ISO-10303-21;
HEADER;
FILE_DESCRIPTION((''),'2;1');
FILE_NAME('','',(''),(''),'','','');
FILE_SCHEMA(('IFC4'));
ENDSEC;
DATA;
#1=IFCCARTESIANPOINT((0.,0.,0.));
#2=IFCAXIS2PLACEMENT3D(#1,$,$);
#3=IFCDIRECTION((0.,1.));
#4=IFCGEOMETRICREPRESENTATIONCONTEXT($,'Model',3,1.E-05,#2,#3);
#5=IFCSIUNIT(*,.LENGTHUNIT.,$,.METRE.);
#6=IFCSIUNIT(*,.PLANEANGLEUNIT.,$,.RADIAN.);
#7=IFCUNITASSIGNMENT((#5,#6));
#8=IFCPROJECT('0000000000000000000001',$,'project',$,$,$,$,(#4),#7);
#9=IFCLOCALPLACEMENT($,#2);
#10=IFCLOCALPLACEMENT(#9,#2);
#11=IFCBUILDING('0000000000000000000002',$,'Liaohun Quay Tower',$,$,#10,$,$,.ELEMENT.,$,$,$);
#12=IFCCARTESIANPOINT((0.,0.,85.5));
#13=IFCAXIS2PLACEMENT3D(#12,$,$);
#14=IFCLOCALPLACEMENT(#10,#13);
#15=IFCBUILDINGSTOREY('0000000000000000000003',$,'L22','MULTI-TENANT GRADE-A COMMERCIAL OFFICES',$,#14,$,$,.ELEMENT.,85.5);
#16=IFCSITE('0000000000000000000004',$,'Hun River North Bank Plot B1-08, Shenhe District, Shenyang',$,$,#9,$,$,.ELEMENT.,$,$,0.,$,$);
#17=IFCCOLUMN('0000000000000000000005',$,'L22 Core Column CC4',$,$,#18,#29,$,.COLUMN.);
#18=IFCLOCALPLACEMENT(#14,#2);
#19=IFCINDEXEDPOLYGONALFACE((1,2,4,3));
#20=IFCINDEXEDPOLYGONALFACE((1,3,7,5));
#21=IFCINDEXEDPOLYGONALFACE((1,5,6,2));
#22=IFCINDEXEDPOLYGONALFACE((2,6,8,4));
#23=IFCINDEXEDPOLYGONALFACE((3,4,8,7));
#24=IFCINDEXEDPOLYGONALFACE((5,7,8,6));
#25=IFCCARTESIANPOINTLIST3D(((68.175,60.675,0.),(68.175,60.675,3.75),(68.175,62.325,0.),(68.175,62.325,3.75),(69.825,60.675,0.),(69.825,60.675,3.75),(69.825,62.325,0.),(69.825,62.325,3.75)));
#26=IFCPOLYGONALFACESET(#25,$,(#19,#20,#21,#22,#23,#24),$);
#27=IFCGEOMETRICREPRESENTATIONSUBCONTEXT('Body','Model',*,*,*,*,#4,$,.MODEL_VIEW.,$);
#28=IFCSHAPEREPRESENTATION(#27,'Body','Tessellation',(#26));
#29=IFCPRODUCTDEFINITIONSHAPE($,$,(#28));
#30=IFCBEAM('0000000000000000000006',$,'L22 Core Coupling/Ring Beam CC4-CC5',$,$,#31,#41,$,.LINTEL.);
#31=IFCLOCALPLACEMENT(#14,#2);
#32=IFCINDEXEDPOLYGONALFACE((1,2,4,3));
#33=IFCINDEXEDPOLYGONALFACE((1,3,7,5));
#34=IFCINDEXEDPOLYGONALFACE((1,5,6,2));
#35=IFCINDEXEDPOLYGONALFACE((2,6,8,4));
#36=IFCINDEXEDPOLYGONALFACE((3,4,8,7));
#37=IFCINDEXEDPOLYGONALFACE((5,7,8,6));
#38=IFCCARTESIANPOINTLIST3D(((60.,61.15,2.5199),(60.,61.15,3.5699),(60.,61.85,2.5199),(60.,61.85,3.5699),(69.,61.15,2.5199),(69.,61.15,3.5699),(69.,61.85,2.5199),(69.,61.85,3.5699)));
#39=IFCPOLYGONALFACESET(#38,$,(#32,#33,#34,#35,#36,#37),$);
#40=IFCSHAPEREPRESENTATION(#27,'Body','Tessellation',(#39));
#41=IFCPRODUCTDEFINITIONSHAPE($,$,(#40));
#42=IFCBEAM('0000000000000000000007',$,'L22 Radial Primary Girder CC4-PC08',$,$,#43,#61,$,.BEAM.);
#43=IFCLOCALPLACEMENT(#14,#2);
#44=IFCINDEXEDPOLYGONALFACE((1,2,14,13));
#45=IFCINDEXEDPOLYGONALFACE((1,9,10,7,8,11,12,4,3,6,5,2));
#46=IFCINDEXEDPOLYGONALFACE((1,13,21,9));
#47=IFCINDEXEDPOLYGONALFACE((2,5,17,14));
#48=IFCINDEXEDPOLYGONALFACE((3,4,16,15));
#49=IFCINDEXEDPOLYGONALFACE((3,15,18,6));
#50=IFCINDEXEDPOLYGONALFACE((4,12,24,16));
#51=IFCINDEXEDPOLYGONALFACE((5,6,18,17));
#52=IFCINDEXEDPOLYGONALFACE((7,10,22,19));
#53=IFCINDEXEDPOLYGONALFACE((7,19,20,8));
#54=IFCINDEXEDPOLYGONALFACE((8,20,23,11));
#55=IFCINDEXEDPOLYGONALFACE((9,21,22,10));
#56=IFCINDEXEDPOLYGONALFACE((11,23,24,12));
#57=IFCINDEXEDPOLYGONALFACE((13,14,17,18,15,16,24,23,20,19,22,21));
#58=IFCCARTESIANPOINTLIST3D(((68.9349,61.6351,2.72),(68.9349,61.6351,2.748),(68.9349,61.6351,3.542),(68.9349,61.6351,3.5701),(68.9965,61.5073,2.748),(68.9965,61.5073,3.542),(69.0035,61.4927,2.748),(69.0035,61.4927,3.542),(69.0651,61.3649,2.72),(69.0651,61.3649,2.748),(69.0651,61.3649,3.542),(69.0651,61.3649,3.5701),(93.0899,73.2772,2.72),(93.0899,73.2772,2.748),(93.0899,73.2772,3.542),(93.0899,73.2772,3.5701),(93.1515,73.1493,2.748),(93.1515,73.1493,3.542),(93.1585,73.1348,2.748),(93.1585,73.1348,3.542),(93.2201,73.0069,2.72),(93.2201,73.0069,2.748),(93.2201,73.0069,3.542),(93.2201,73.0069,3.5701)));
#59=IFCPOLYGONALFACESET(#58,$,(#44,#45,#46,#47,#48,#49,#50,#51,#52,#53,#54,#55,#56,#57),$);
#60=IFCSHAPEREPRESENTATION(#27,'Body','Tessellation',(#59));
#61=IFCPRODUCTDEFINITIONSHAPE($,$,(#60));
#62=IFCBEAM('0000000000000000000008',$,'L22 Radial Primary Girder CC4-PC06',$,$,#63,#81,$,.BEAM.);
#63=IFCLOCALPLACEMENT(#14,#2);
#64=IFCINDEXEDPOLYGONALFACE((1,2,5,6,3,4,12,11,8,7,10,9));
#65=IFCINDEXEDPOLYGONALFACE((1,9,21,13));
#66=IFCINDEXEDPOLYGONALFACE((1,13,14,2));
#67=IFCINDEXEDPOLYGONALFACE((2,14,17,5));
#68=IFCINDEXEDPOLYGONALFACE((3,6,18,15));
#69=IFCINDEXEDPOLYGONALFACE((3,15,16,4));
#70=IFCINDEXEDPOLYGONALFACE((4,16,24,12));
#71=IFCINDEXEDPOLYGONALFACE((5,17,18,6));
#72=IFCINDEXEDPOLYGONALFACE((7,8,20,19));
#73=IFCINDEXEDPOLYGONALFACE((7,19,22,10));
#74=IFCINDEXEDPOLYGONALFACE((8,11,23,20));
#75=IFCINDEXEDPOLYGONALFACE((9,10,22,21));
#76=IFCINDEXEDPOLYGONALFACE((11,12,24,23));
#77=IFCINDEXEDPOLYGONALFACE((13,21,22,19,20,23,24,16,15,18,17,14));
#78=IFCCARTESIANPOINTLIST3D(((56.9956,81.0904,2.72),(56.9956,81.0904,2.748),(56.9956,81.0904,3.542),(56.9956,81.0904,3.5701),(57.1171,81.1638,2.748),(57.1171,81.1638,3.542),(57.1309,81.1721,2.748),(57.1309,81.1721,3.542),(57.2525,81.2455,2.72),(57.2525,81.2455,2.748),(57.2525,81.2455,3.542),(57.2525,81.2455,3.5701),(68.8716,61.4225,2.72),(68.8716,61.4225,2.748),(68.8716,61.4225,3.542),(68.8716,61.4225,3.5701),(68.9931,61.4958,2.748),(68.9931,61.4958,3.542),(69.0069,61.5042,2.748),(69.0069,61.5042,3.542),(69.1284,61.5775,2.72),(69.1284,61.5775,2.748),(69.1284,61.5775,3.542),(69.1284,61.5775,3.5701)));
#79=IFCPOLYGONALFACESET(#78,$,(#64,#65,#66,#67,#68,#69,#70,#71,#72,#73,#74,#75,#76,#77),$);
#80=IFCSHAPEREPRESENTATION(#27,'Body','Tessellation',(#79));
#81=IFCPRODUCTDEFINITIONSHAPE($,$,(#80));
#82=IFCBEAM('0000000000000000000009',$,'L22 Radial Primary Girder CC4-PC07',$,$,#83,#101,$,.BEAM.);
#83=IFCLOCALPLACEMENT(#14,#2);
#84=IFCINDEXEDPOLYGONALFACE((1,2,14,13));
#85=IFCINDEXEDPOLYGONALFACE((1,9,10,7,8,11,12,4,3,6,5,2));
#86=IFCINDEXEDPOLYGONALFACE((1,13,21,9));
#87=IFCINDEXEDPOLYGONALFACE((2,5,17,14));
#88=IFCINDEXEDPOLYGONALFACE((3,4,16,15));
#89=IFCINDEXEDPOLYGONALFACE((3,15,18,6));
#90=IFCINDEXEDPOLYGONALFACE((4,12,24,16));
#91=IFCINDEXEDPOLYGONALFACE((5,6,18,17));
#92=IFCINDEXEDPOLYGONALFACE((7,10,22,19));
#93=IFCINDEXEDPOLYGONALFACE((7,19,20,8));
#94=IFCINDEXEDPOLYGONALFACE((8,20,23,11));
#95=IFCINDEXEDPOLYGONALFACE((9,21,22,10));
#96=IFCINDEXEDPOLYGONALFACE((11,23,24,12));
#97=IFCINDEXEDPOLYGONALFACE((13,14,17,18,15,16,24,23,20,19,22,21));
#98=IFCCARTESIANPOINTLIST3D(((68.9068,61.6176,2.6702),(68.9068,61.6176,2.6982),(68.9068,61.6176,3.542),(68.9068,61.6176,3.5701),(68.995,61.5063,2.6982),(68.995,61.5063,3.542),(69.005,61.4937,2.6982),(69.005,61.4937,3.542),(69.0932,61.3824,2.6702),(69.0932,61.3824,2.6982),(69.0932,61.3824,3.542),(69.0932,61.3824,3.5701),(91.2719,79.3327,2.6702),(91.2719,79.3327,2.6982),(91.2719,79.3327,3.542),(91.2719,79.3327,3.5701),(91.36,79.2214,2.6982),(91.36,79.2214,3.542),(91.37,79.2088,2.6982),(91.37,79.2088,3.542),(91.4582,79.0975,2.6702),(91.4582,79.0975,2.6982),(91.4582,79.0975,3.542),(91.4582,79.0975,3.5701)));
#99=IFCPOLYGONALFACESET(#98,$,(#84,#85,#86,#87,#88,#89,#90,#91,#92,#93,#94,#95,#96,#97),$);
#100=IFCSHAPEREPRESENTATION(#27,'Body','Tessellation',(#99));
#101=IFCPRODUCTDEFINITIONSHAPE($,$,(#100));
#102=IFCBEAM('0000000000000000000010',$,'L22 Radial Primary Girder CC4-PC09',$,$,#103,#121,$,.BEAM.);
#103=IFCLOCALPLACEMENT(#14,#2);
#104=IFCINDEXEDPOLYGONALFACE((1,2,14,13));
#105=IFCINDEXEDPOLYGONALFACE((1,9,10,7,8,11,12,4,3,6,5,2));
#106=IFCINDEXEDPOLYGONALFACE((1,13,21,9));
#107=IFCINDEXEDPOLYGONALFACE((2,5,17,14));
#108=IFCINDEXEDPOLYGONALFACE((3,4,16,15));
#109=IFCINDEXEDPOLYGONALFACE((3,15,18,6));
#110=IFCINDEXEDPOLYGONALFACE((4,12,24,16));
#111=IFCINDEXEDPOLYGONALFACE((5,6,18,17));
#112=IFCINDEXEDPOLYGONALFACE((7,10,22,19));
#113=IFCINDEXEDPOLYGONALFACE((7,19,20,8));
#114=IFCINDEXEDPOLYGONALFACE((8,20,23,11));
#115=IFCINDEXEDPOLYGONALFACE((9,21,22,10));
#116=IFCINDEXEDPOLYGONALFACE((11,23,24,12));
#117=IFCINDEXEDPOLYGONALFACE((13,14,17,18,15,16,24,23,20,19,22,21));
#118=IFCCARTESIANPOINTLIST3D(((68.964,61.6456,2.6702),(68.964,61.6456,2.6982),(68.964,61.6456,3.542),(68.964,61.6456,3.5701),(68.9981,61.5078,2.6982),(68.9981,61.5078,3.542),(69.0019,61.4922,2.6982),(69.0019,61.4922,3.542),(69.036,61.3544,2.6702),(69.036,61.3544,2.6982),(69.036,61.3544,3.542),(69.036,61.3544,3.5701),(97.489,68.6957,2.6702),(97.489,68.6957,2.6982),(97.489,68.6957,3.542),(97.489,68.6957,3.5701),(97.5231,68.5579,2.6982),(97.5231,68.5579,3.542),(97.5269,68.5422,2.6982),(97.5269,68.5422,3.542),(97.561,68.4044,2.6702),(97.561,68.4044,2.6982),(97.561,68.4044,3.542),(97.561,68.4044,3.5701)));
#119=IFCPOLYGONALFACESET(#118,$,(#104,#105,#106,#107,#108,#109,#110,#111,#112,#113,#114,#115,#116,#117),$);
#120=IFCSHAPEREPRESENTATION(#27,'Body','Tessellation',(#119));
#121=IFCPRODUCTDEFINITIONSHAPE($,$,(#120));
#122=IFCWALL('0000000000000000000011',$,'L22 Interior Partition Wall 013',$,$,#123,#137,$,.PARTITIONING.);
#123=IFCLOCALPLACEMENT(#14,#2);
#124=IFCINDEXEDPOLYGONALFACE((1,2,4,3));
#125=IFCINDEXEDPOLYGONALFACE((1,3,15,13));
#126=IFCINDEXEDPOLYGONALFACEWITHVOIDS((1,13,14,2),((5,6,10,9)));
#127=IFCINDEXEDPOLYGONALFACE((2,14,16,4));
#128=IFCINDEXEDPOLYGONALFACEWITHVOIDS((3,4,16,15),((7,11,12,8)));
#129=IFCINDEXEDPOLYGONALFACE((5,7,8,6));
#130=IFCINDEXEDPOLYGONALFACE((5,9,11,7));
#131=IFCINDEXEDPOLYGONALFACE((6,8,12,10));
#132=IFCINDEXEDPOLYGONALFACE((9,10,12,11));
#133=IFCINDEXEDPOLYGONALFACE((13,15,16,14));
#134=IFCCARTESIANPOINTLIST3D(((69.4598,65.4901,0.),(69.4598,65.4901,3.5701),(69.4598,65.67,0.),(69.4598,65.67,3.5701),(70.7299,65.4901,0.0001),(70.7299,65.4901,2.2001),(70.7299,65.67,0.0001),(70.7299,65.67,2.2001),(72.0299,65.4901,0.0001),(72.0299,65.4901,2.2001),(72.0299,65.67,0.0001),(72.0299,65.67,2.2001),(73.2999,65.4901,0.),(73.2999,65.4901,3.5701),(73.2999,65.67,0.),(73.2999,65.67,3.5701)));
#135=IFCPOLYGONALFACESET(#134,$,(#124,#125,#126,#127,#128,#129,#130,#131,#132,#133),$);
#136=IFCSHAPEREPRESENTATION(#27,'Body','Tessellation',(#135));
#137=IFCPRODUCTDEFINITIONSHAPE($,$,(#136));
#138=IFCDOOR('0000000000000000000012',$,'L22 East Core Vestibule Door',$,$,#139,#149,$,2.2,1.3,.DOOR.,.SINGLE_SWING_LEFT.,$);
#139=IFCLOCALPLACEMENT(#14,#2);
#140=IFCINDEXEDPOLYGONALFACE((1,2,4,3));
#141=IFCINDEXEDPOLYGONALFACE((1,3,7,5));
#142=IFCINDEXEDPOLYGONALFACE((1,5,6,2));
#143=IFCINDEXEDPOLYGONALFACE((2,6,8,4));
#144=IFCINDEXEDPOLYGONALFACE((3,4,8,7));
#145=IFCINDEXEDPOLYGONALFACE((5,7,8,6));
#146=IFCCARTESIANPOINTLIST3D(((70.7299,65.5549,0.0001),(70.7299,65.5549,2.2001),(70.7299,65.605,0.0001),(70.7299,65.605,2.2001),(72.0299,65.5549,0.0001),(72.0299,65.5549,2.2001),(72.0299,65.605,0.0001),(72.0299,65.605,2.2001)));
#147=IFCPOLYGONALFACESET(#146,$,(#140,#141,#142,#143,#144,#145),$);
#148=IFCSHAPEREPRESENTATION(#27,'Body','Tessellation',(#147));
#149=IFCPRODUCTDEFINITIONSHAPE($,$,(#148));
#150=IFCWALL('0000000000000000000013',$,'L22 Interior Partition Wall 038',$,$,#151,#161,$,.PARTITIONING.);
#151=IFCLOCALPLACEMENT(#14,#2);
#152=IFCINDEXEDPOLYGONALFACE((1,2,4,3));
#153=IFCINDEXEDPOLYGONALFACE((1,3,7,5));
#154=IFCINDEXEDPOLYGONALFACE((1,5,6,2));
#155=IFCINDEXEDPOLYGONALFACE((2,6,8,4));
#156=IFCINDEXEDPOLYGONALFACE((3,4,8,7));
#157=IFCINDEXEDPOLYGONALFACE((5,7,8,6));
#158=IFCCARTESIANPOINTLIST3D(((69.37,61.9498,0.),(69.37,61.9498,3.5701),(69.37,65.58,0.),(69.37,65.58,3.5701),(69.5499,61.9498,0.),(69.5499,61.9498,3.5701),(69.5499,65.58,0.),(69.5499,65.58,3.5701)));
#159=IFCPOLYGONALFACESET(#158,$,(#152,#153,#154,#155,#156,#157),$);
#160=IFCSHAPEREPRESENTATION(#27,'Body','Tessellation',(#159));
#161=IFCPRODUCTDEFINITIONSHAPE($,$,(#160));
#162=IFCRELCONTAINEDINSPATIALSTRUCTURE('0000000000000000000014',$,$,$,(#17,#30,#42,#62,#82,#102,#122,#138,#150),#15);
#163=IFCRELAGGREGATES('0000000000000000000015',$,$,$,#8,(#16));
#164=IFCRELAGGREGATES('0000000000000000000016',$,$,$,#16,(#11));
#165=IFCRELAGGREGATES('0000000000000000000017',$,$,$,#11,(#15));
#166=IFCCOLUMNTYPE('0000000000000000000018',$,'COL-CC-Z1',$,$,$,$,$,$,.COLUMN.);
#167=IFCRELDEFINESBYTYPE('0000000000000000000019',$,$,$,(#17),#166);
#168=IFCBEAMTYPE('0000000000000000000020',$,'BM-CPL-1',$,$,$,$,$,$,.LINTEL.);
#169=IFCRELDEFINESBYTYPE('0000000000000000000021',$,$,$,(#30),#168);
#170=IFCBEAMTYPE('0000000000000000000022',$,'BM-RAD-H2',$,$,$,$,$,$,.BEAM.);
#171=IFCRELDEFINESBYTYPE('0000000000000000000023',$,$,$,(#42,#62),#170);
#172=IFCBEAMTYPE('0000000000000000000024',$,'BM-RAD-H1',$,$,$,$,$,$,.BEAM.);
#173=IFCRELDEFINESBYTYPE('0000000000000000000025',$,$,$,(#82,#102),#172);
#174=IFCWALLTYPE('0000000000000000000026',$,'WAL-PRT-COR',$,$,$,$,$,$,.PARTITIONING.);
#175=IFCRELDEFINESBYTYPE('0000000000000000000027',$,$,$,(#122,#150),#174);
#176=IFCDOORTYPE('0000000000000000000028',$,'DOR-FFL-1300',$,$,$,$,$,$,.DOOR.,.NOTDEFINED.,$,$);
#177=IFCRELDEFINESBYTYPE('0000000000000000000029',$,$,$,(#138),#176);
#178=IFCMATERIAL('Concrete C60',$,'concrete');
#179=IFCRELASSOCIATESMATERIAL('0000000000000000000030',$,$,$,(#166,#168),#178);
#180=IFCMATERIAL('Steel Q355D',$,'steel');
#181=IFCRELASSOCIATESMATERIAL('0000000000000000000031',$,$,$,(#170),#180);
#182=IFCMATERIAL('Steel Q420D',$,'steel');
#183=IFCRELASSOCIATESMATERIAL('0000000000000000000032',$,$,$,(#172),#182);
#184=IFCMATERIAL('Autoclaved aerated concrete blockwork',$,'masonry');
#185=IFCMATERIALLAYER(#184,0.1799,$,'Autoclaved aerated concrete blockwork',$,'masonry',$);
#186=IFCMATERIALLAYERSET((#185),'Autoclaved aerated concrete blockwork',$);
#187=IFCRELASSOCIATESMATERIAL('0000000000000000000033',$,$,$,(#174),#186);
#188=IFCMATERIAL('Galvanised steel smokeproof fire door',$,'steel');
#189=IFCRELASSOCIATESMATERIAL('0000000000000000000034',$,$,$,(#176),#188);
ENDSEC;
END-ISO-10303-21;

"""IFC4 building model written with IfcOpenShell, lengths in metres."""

from ifc_helpers import new_model, si_unit, direction, frame, frame_2d, origin, origin_2d, place, context, subcontext, project, spatial, rectangle, i_section, extrude, source, transform, mapped, material, layer, layer_set, material_profile, profile_set, type_object, element, fill, save


model = new_model("IFC4")

# Units and contexts
model_context = context("Model", 3, precision=1e-05, world=origin(), true_north=direction((0.0, 1.0)))
body_context = subcontext(model_context, "Body", "Model", "MODEL_VIEW")
ifc_project = project(units=[si_unit("LENGTHUNIT", "METRE"), si_unit("PLANEANGLEUNIT", "RADIAN")], contexts=[model_context])

# Site, building, storey
site_placement = place(None, origin())
site = spatial("IfcSite", under=ifc_project, at=site_placement, Name="Hun River North Bank Plot B1-08, Shenhe District, Shenyang", CompositionType="ELEMENT", RefElevation=0.0)
building_placement = place(site_placement, origin())
building = spatial("IfcBuilding", under=site, at=building_placement, Name="Liaohun Quay Tower", CompositionType="ELEMENT")
storey_placement = place(building_placement, frame((0.0, 0.0, 85.5)))
storey = spatial("IfcBuildingStorey", under=building, at=storey_placement, Name="L22", Description="MULTI-TENANT GRADE-A COMMERCIAL OFFICES", CompositionType="ELEMENT", Elevation=85.5)

# Column
ifc_material_1 = material(Name="Concrete C60", Category="concrete")
ifc_material_profile_1 = material_profile(ifc_material_1, rectangle(XDim=1.6499, YDim=1.6499, at=origin_2d()), Name="RC1650x1650")
ifc_profile_set_1 = profile_set([ifc_material_profile_1], Name="Concrete C60")
column_type = type_object("IfcColumnType", Name="COL-CC-Z1", PredefinedType="COLUMN", material=ifc_profile_set_1)
shared_shape_1 = source(origin(), body_context, "Body", "SweptSolid", [
    extrude(rectangle(XDim=1.6499, YDim=1.6499, at=origin_2d()), origin(), (0.0, 0.0, 1.0), 3.75),
])
column_placement = place(storey_placement, frame((69.0, 61.5, 0.0), z_axis=(0.0, 0.0, 1.0), x_axis=(1.0, 0.0, 0.0)))
element("IfcColumn", 1, at=column_placement, inside=storey, type_object=column_type, Name="L22 Core Column CC4", PredefinedType="COLUMN", context=body_context, shape_type="MappedRepresentation", body=[
    mapped(shared_shape_1, transform((0.0, 0.0, 0.0), x_axis=(1.0, 0.0, 0.0), y_axis=(0.0, 1.0, 0.0), z_axis=(0.0, 0.0, 1.0), scale=1.0)),
])

# Beams
ifc_material_profile_2 = material_profile(ifc_material_1, rectangle(XDim=0.7, YDim=1.05, at=origin_2d()), Name="RC700x1050")
ifc_profile_set_2 = profile_set([ifc_material_profile_2], Name="Concrete C60")
beam_type_1 = type_object("IfcBeamType", Name="BM-CPL-1", PredefinedType="LINTEL", material=ifc_profile_set_2)
shared_shape_2 = source(origin(), body_context, "Body", "SweptSolid", [
    extrude(rectangle(XDim=0.7, YDim=1.05, at=origin_2d()), origin(), (0.0, 0.0, 1.0), 9.0),
])
beam_1_placement = place(storey_placement, frame((69.0, 61.5, 3.0449), z_axis=(-1.0, 0.0, 0.0), x_axis=(0.0, -1.0, 0.0)))
element("IfcBeam", 2, at=beam_1_placement, inside=storey, type_object=beam_type_1, Name="L22 Core Coupling/Ring Beam CC4-CC5", PredefinedType="LINTEL", context=body_context, shape_type="MappedRepresentation", body=[
    mapped(shared_shape_2, transform((0.0, 0.0, 0.0), x_axis=(1.0, 0.0, 0.0), y_axis=(0.0, 1.0, 0.0), z_axis=(0.0, 0.0, 1.0), scale=1.0)),
])
ifc_material_2 = material(Name="Steel Q355D", Category="steel")
ifc_material_profile_3 = material_profile(ifc_material_2, i_section(OverallWidth=0.3, OverallDepth=0.8501, WebThickness=0.0161, FlangeThickness=0.0281, at=origin_2d()), Name="HN850x300x16x28")
ifc_profile_set_3 = profile_set([ifc_material_profile_3], Name="Steel Q355D")
beam_type_2 = type_object("IfcBeamType", Name="BM-RAD-H2", PredefinedType="BEAM", material=ifc_profile_set_3)
shared_shape_3 = source(origin(), body_context, "Body", "SweptSolid", [
    extrude(i_section(OverallWidth=0.3, OverallDepth=0.8501, WebThickness=0.0161, FlangeThickness=0.0281, at=origin_2d()), origin(), (0.0, 0.0, 1.0), 26.8142),
])
beam_2_placement = place(storey_placement, frame((69.0, 61.5, 3.145), z_axis=(0.900828, 0.434176, 0.0), x_axis=(-0.434176, 0.900828, 0.0)))
element("IfcBeam", 3, at=beam_2_placement, inside=storey, type_object=beam_type_2, Name="L22 Radial Primary Girder CC4-PC08", PredefinedType="BEAM", context=body_context, shape_type="MappedRepresentation", body=[
    mapped(shared_shape_3, transform((0.0, 0.0, 0.0), x_axis=(1.0, 0.0, 0.0), y_axis=(0.0, 1.0, 0.0), z_axis=(0.0, 0.0, 1.0), scale=1.0)),
])
shared_shape_4 = source(origin(), body_context, "Body", "SweptSolid", [
    extrude(i_section(OverallWidth=0.3, OverallDepth=0.8501, WebThickness=0.0161, FlangeThickness=0.0281, at=origin_2d()), origin(), (0.0, 0.0, 1.0), 22.9753),
])
beam_3_placement = place(storey_placement, frame((69.0, 61.5, 3.145), z_axis=(-0.5169, 0.856046, 0.0), x_axis=(-0.856046, -0.5169, 0.0)))
element("IfcBeam", 4, at=beam_3_placement, inside=storey, type_object=beam_type_2, Name="L22 Radial Primary Girder CC4-PC06", PredefinedType="BEAM", context=body_context, shape_type="MappedRepresentation", body=[
    mapped(shared_shape_4, transform((0.0, 0.0, 0.0), x_axis=(1.0, 0.0, 0.0), y_axis=(0.0, 1.0, 0.0), z_axis=(0.0, 0.0, 1.0), scale=1.0)),
])
ifc_material_3 = material(Name="Steel Q420D", Category="steel")
ifc_material_profile_4 = material_profile(ifc_material_3, i_section(OverallWidth=0.3, OverallDepth=0.8999, WebThickness=0.0161, FlangeThickness=0.0281, at=origin_2d()), Name="HN900x300x16x28")
ifc_profile_set_4 = profile_set([ifc_material_profile_4], Name="Steel Q420D")
beam_type_3 = type_object("IfcBeamType", Name="BM-RAD-H1", PredefinedType="BEAM", material=ifc_profile_set_4)
shared_shape_5 = source(origin(), body_context, "Body", "SweptSolid", [
    extrude(i_section(OverallWidth=0.3, OverallDepth=0.8999, WebThickness=0.0161, FlangeThickness=0.0281, at=origin_2d()), origin(), (0.0, 0.0, 1.0), 28.531),
])
beam_4_placement = place(storey_placement, frame((69.0, 61.5, 3.1201), z_axis=(0.783884, 0.620907, 0.0), x_axis=(-0.620907, 0.783884, 0.0)))
element("IfcBeam", 5, at=beam_4_placement, inside=storey, type_object=beam_type_3, Name="L22 Radial Primary Girder CC4-PC07", PredefinedType="BEAM", context=body_context, shape_type="MappedRepresentation", body=[
    mapped(shared_shape_5, transform((0.0, 0.0, 0.0), x_axis=(1.0, 0.0, 0.0), y_axis=(0.0, 1.0, 0.0), z_axis=(0.0, 0.0, 1.0), scale=1.0)),
])
shared_shape_6 = source(origin(), body_context, "Body", "SweptSolid", [
    extrude(i_section(OverallWidth=0.3, OverallDepth=0.8999, WebThickness=0.0161, FlangeThickness=0.0281, at=origin_2d()), origin(), (0.0, 0.0, 1.0), 29.3833),
])
beam_5_placement = place(storey_placement, frame((69.0, 61.5, 3.1201), z_axis=(0.970789, 0.239935, 0.0), x_axis=(-0.239935, 0.970789, 0.0)))
element("IfcBeam", 6, at=beam_5_placement, inside=storey, type_object=beam_type_3, Name="L22 Radial Primary Girder CC4-PC09", PredefinedType="BEAM", context=body_context, shape_type="MappedRepresentation", body=[
    mapped(shared_shape_6, transform((0.0, 0.0, 0.0), x_axis=(1.0, 0.0, 0.0), y_axis=(0.0, 1.0, 0.0), z_axis=(0.0, 0.0, 1.0), scale=1.0)),
])

# Wall, opening, door
ifc_material_4 = material(Name="Autoclaved aerated concrete blockwork", Category="masonry")
ifc_layer_1 = layer(ifc_material_4, 0.1799, Name="Autoclaved aerated concrete blockwork", Category="masonry")
ifc_layer_set_1 = layer_set([ifc_layer_1], Name="Autoclaved aerated concrete blockwork")
wall_type_1 = type_object("IfcWallType", Name="WAL-PRT-COR", PredefinedType="PARTITIONING", material=ifc_layer_set_1)
wall_1_placement = place(storey_placement, frame((69.46, 65.5801, 0.0), z_axis=(0.0, 0.0, 1.0), x_axis=(1.0, 0.0, 0.0)))
wall_1 = element("IfcWall", 7, at=wall_1_placement, inside=storey, type_object=wall_type_1, Name="L22 Interior Partition Wall 013", PredefinedType="PARTITIONING", context=body_context, shape_type="SweptSolid", body=[
    extrude(rectangle(XDim=3.8401, YDim=0.1799, at=frame_2d((1.9199, 0.0))), origin(), (0.0, 0.0, 1.0), 3.5701),
])
shared_shape_7 = source(origin(), body_context, "Body", "SweptSolid", [
    extrude(rectangle(XDim=1.3, YDim=2.2, at=frame_2d((0.6499, 1.1001))), frame((0.0, 0.0999, 0.0), z_axis=(0.0, -1.0, 0.0), x_axis=(1.0, 0.0, 0.0)), (0.0, 0.0, 1.0), 0.2),
])
opening_1_placement = place(wall_1_placement, frame((1.27, 0.0, 0.0)))
opening_1 = element("IfcOpeningElement", 8, at=opening_1_placement, cuts=wall_1, PredefinedType="OPENING", context=body_context, shape_type="MappedRepresentation", body=[
    mapped(shared_shape_7, transform((0.0, 0.0, 0.0), x_axis=(1.0, 0.0, 0.0), y_axis=(0.0, 1.0, 0.0), z_axis=(0.0, 0.0, 1.0), scale=1.0)),
])
ifc_material_5 = material(Name="Galvanised steel smokeproof fire door", Category="steel")
door_type_1 = type_object("IfcDoorType", Name="DOR-FFL-1300", OperationType="NOTDEFINED", PredefinedType="DOOR", material=ifc_material_5)
shared_shape_8 = source(origin(), body_context, "Body", "SweptSolid", [
    extrude(rectangle(XDim=1.3, YDim=2.2, at=frame_2d((0.6499, 1.1001))), frame((0.0, 0.0249, 0.0), z_axis=(0.0, -1.0, 0.0), x_axis=(1.0, 0.0, 0.0)), (0.0, 0.0, 1.0), 0.05),
])
door_1_placement = place(opening_1_placement, origin())
door_1 = element("IfcDoor", 9, at=door_1_placement, inside=storey, type_object=door_type_1, Name="L22 East Core Vestibule Door", OperationType="SINGLE_SWING_LEFT", OverallHeight=2.2, OverallWidth=1.3, PredefinedType="DOOR", context=body_context, shape_type="MappedRepresentation", body=[
    mapped(shared_shape_8, transform((0.0, 0.0, 0.0), x_axis=(1.0, 0.0, 0.0), y_axis=(0.0, 1.0, 0.0), z_axis=(0.0, 0.0, 1.0), scale=1.0)),
])
fill(opening_1, door_1)

# Wall
wall_2_placement = place(storey_placement, frame((69.46, 61.95, 0.0), z_axis=(0.0, 0.0, 1.0), x_axis=(0.0, 1.0, 0.0)))
element("IfcWall", 10, at=wall_2_placement, inside=storey, type_object=wall_type_1, Name="L22 Interior Partition Wall 038", PredefinedType="PARTITIONING", context=body_context, shape_type="SweptSolid", body=[
    extrude(rectangle(XDim=3.6301, YDim=0.1799, at=frame_2d((1.8149, 0.0))), origin(), (0.0, 0.0, 1.0), 3.5701),
])

save(model, "model.ifc")
